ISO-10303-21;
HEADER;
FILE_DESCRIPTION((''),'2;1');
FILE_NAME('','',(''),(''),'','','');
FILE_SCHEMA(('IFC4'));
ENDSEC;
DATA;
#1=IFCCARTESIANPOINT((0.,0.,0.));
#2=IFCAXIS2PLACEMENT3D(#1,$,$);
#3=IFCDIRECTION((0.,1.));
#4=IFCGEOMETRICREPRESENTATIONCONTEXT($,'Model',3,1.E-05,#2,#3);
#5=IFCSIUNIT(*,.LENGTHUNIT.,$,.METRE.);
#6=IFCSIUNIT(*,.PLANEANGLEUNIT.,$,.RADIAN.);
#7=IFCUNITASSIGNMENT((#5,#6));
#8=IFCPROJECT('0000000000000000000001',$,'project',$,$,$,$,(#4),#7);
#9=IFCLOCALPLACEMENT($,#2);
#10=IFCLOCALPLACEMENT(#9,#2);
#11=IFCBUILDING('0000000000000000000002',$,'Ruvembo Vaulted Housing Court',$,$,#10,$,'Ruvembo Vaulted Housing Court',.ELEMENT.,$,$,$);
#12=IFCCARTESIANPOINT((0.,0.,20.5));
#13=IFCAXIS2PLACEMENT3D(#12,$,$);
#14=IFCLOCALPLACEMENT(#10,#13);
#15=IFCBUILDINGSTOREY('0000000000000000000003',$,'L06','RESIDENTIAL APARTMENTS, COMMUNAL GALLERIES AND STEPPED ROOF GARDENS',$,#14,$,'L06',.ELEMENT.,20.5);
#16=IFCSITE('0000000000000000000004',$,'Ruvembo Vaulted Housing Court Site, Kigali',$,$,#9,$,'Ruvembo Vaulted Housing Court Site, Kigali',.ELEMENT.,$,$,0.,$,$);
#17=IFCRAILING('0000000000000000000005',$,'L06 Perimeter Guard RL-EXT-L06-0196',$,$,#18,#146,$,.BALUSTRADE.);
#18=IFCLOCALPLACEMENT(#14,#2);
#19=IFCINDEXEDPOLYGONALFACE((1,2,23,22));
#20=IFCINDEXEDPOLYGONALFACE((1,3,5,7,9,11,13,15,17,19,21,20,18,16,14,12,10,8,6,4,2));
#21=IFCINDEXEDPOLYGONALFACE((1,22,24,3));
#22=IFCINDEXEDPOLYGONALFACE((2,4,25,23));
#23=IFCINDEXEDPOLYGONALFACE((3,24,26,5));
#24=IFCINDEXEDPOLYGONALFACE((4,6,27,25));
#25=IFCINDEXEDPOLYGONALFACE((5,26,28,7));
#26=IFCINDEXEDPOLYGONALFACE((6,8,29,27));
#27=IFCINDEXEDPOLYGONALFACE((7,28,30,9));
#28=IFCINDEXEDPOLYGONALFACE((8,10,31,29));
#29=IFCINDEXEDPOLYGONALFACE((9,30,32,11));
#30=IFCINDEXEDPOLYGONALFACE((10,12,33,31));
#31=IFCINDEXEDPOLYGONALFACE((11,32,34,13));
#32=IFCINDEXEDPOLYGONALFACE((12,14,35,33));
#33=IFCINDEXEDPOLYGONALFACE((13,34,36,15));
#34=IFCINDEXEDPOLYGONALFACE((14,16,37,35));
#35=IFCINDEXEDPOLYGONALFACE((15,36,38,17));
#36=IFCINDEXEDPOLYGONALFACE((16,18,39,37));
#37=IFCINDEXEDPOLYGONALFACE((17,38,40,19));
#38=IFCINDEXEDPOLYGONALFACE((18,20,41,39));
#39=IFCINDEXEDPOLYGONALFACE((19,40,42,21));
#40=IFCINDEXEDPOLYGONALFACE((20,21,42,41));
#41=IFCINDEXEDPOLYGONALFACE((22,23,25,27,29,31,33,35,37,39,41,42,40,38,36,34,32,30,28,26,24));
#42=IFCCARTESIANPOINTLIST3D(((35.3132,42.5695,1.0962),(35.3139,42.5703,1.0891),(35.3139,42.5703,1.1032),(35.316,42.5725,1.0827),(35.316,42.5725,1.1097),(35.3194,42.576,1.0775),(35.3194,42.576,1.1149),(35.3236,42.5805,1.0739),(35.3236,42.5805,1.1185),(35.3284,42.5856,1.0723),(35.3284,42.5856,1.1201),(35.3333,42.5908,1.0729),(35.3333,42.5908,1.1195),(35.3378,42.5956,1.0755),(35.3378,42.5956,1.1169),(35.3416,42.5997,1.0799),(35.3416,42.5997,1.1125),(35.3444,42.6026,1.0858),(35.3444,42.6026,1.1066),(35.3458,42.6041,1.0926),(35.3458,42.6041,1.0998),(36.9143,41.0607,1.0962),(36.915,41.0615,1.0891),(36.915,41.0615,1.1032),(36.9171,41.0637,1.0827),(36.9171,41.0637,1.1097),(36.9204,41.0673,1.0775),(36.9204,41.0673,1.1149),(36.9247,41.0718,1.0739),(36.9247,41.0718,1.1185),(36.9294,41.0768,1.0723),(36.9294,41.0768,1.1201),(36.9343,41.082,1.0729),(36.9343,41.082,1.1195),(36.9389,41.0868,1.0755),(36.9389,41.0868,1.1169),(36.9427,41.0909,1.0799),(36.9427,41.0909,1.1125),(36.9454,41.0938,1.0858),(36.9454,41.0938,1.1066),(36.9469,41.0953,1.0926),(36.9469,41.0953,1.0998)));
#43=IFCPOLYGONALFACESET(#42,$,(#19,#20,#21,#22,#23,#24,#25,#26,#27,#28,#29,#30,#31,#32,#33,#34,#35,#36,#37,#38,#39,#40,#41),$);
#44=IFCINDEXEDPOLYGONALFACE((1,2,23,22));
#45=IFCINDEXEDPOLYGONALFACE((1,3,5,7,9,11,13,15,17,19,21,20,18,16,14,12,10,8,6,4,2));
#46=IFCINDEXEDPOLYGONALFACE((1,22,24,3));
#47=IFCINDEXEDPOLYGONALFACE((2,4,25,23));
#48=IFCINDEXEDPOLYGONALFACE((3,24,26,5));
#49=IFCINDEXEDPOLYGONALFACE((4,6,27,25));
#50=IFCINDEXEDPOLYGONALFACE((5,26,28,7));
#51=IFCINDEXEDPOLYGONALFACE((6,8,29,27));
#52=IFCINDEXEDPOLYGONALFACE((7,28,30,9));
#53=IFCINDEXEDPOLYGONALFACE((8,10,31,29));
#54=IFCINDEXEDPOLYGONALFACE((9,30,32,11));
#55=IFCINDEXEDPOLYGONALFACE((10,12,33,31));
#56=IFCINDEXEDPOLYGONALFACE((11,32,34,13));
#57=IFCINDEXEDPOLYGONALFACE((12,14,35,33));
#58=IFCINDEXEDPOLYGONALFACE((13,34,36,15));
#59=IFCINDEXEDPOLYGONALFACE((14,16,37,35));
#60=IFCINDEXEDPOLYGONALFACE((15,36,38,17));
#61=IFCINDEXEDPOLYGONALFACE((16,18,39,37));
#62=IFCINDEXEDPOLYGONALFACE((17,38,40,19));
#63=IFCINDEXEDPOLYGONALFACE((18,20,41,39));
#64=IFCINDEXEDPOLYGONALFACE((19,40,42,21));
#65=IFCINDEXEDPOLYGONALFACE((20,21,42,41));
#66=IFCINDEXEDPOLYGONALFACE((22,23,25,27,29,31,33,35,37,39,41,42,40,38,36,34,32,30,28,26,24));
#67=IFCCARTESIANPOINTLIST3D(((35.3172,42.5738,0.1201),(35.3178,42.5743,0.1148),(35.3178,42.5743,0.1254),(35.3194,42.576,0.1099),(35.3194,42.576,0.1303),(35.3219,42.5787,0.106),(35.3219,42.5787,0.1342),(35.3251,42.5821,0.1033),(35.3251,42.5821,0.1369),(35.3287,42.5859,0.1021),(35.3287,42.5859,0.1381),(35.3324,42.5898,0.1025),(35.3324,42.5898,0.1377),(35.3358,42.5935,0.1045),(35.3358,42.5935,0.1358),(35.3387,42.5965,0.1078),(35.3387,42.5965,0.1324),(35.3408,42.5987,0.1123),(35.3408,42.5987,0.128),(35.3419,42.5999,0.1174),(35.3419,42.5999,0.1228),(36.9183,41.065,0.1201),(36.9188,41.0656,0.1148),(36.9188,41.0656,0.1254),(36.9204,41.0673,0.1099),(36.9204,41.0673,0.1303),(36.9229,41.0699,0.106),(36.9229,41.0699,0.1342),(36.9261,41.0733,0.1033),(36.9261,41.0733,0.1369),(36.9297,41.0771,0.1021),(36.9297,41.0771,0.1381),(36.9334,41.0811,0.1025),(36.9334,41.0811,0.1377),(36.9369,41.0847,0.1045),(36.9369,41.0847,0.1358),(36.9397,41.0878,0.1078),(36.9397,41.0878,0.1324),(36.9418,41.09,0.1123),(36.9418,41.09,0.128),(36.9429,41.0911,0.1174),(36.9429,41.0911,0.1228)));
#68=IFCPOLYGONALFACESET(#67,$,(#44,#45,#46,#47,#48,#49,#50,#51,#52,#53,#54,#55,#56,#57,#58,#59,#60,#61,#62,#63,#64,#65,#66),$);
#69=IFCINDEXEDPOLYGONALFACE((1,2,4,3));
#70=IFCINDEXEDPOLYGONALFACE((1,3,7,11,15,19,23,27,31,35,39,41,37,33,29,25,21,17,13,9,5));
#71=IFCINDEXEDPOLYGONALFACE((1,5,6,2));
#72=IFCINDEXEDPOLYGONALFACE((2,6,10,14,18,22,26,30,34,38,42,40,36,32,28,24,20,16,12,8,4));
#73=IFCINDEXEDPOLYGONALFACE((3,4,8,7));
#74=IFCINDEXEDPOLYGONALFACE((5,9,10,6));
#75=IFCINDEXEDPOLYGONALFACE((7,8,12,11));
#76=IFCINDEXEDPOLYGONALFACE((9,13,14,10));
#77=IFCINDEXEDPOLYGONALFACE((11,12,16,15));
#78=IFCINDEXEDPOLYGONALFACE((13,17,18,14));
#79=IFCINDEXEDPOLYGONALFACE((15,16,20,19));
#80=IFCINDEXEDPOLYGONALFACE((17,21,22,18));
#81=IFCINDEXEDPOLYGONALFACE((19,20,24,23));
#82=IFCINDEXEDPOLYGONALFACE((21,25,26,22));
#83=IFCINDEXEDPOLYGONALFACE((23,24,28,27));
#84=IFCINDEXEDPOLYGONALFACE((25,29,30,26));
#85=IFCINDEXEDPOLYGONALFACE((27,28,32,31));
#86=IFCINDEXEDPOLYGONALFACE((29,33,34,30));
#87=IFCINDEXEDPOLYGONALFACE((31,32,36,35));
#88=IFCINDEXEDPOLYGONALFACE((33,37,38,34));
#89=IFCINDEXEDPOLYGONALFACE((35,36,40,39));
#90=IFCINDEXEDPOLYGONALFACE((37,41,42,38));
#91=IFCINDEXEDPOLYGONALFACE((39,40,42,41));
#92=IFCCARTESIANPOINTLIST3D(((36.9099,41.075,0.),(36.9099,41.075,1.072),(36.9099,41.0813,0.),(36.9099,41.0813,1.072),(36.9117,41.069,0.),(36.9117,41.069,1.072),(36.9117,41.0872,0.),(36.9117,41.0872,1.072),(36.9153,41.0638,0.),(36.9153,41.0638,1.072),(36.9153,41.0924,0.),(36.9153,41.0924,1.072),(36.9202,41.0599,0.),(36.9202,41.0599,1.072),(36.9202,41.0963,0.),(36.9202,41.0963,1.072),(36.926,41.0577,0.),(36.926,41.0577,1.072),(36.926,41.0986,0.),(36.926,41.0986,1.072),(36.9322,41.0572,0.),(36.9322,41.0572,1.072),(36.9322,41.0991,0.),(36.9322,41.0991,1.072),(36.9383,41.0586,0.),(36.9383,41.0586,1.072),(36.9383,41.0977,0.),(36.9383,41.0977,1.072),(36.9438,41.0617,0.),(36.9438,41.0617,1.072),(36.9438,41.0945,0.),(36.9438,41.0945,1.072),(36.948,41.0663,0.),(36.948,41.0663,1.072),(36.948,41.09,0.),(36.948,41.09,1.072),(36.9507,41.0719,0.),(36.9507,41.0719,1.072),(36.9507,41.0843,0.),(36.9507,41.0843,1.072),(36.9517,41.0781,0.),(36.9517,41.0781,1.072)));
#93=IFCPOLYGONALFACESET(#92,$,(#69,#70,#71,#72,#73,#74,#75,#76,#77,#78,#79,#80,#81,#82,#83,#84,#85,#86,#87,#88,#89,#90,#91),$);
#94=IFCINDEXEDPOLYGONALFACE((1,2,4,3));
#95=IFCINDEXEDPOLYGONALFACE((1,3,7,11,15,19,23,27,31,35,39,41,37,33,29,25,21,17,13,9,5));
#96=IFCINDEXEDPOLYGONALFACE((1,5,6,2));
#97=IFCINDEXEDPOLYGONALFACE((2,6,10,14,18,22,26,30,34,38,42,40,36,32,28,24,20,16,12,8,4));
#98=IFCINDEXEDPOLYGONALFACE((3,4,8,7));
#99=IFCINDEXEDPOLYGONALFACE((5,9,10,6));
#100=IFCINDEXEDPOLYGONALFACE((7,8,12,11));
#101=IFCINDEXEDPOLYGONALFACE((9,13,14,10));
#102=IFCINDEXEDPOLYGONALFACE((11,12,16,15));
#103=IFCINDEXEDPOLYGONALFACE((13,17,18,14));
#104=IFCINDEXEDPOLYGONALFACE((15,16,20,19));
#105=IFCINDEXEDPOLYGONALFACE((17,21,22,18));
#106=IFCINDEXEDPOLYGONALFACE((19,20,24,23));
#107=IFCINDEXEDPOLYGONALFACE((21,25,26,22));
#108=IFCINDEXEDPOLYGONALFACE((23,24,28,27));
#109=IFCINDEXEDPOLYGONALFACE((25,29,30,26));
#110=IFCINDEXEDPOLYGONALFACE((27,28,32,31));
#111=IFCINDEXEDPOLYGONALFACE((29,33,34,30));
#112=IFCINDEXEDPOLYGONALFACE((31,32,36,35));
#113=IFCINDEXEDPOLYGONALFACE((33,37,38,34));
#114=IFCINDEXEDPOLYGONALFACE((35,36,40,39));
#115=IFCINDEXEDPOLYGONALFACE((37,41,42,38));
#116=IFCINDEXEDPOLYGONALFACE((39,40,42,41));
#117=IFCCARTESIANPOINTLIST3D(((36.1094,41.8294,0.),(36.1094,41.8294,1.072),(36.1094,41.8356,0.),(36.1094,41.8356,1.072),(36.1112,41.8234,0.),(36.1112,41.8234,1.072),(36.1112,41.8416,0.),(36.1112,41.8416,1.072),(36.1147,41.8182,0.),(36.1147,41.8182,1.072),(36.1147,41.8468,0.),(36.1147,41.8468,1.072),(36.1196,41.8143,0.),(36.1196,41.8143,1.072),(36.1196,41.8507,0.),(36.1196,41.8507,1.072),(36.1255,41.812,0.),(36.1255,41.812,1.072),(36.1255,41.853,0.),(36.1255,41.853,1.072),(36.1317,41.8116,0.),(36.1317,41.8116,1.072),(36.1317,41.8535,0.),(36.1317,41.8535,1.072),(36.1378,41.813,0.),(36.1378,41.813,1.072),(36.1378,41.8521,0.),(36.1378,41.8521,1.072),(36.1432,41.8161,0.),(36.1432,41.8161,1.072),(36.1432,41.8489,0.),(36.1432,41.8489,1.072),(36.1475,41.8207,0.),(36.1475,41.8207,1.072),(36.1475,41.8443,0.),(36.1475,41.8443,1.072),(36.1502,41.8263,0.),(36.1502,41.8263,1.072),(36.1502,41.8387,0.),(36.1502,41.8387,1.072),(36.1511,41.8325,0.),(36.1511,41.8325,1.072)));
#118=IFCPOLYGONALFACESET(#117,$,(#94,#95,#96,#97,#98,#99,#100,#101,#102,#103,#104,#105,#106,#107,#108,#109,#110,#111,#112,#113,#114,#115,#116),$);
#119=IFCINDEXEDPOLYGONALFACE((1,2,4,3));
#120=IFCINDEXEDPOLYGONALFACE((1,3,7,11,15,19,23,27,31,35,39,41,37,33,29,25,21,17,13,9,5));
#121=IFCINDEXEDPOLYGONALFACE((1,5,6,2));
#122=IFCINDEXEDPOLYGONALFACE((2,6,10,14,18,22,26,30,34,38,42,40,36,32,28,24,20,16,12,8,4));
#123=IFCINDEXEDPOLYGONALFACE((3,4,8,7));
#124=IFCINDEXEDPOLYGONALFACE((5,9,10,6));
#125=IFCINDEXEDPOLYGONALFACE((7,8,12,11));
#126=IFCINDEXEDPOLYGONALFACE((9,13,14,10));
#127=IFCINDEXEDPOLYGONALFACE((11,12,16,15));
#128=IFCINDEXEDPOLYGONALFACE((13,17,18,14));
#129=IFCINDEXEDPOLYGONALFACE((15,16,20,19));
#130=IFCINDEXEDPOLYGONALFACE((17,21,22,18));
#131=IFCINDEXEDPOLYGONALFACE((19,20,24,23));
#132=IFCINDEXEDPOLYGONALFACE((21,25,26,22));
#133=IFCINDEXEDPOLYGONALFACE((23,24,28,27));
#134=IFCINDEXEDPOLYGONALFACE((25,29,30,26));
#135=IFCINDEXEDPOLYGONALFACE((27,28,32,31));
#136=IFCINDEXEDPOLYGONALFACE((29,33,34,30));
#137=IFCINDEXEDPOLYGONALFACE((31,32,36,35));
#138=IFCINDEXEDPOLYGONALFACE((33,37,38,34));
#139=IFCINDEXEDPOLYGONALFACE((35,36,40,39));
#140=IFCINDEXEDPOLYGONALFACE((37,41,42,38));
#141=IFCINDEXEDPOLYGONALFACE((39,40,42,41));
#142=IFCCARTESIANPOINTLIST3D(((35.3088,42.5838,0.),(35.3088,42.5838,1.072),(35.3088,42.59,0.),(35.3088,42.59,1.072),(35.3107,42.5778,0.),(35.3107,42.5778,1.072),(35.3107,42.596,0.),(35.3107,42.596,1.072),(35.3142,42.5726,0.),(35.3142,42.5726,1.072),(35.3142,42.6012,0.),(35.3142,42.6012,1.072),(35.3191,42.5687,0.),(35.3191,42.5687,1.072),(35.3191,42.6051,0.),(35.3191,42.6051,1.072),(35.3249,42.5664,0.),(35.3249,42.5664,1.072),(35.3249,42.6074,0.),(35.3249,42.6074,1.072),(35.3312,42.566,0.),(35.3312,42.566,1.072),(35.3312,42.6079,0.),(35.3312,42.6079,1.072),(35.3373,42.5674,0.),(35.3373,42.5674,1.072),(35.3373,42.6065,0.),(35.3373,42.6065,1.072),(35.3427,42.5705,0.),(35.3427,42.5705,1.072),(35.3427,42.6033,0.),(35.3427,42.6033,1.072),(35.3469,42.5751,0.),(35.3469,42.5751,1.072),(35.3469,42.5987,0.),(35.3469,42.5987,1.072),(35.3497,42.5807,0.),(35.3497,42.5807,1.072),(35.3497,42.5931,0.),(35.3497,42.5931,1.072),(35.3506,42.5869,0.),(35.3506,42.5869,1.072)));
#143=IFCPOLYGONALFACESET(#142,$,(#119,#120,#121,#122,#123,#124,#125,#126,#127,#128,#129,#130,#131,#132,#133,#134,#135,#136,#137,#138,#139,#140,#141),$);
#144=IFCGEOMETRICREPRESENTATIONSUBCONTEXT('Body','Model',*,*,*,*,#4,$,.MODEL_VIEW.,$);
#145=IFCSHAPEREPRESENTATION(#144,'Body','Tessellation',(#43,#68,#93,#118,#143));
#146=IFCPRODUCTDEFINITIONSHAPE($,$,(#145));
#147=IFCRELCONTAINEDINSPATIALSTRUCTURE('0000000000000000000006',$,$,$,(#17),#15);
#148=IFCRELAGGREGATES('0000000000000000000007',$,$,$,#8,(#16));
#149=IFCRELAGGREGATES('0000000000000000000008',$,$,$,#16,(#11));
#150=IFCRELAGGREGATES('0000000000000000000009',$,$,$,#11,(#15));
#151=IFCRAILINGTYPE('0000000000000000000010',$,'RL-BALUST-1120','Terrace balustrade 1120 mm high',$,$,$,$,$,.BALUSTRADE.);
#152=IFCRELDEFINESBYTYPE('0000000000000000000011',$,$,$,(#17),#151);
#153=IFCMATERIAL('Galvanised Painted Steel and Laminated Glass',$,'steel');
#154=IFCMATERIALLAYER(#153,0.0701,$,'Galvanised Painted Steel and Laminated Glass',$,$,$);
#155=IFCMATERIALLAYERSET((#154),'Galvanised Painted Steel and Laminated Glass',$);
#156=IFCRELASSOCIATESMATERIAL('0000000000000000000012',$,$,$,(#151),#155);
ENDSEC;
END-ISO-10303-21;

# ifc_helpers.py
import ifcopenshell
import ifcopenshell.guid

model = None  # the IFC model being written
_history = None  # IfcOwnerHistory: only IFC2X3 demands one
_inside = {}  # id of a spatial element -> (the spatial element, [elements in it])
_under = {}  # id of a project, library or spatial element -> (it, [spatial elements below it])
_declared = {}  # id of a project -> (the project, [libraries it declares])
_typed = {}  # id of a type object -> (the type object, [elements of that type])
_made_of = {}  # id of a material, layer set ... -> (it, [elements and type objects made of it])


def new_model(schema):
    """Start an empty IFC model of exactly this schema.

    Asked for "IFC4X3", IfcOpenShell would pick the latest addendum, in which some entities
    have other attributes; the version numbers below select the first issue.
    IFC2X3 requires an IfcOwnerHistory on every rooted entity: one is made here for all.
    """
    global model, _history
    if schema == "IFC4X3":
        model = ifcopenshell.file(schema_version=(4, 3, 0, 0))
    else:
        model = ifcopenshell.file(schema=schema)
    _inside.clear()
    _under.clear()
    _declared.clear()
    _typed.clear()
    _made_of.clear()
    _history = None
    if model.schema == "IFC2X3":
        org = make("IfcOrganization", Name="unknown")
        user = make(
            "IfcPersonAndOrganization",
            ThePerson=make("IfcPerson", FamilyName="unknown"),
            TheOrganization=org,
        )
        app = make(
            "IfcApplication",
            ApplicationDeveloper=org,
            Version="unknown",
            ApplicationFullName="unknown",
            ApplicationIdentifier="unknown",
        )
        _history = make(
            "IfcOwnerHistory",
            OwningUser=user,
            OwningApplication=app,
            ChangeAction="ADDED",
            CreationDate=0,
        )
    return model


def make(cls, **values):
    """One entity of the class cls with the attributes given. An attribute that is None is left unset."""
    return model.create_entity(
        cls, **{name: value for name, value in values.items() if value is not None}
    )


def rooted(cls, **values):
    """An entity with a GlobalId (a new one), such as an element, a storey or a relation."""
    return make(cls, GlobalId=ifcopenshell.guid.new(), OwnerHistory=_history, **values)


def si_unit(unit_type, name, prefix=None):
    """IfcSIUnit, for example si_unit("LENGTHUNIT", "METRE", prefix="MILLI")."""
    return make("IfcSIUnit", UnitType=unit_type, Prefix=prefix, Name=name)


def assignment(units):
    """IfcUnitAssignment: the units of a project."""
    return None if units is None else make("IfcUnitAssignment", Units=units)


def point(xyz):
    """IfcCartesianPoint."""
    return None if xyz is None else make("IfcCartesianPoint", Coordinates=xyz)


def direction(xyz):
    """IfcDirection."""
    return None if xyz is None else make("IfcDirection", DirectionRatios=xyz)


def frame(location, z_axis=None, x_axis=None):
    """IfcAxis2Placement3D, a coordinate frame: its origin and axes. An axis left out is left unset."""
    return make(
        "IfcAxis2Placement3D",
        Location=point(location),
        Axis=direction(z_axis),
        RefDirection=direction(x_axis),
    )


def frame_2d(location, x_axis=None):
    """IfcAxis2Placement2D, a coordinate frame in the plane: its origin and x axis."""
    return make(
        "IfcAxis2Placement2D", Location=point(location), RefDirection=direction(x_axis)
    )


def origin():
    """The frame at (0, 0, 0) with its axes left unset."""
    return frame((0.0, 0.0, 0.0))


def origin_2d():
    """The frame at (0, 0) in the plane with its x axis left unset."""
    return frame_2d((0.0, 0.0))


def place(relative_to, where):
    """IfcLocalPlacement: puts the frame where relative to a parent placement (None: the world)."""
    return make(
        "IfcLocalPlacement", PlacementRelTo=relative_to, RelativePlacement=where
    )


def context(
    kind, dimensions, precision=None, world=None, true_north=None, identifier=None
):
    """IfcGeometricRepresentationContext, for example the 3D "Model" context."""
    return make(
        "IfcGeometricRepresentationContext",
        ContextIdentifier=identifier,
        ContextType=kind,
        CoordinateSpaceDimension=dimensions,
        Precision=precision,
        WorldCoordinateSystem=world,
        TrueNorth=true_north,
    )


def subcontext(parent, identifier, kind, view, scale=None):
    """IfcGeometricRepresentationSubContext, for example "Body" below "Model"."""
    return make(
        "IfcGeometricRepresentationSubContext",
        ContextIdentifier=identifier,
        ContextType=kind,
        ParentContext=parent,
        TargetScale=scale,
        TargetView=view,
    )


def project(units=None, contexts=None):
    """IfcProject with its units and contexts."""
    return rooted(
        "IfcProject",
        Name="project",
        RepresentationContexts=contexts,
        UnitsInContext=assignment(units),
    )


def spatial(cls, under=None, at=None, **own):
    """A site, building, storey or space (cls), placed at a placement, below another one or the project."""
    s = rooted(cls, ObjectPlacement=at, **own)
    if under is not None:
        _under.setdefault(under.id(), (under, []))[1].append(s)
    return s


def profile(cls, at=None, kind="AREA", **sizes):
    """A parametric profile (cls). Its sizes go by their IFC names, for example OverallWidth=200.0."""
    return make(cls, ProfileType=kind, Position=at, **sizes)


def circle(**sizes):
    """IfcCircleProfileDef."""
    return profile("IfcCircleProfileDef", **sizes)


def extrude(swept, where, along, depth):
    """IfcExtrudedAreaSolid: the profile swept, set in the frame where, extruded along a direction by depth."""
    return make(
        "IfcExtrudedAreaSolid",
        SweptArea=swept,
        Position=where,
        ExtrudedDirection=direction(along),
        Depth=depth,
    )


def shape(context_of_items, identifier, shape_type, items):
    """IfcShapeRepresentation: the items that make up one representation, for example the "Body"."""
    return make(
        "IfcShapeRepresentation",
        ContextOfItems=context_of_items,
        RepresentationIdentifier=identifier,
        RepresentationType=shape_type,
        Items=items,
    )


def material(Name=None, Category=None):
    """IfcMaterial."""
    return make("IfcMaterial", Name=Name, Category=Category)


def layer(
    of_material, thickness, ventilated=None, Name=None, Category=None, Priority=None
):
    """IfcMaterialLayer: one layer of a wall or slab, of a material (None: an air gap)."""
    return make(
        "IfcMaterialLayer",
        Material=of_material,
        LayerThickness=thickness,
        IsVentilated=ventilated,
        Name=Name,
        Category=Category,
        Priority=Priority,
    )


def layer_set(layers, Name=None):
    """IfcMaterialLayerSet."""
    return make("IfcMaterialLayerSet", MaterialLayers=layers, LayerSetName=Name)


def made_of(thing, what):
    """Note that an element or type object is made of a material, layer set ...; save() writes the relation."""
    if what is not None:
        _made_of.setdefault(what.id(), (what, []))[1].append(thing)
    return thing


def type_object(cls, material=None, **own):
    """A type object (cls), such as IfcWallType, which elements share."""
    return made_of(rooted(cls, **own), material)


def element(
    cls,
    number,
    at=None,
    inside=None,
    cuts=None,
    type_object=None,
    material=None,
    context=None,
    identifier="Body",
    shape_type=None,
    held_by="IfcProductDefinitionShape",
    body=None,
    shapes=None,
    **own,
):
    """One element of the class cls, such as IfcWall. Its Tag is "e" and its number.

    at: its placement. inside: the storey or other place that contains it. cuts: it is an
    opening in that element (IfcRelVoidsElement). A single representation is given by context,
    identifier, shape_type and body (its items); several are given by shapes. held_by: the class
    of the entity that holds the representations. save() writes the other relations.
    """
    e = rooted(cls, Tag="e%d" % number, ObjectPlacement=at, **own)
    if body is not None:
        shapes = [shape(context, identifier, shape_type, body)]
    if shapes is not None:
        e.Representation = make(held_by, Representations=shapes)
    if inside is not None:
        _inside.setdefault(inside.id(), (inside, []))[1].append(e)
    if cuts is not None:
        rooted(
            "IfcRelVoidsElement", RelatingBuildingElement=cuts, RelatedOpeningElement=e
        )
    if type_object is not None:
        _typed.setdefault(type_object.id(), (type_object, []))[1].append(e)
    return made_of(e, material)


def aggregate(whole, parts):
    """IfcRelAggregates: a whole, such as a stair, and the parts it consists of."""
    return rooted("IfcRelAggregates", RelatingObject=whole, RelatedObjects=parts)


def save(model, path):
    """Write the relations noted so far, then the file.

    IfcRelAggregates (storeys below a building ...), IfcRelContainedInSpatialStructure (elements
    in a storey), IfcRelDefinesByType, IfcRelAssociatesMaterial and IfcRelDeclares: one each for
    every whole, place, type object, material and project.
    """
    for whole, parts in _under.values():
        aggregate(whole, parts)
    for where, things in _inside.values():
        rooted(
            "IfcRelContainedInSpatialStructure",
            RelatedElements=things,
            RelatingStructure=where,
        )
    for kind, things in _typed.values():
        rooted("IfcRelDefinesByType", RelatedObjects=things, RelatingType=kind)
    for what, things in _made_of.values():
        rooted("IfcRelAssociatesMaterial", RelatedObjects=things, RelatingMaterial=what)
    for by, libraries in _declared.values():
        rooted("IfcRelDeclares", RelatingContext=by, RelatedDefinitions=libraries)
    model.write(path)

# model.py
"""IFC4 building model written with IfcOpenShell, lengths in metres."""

from ifc_helpers import new_model, si_unit, direction, frame, origin, origin_2d, place, context, subcontext, project, spatial, circle, extrude, material, layer, layer_set, type_object, element, save


model = new_model("IFC4")

# Units and contexts
model_context = context("Model", 3, precision=1e-05, world=origin(), true_north=direction((0.0, 1.0)))
body_context = subcontext(model_context, "Body", "Model", "MODEL_VIEW")
ifc_project = project(units=[si_unit("LENGTHUNIT", "METRE"), si_unit("PLANEANGLEUNIT", "RADIAN")], contexts=[model_context])

# Site, building, storey
site_placement = place(None, origin())
site = spatial("IfcSite", under=ifc_project, at=site_placement, Name="Ruvembo Vaulted Housing Court Site, Kigali", LongName="Ruvembo Vaulted Housing Court Site, Kigali", CompositionType="ELEMENT", RefElevation=0.0)
building_placement = place(site_placement, origin())
building = spatial("IfcBuilding", under=site, at=building_placement, Name="Ruvembo Vaulted Housing Court", LongName="Ruvembo Vaulted Housing Court", CompositionType="ELEMENT")
storey_placement = place(building_placement, frame((0.0, 0.0, 20.5)))
storey = spatial("IfcBuildingStorey", under=building, at=storey_placement, Name="L06", Description="RESIDENTIAL APARTMENTS, COMMUNAL GALLERIES AND STEPPED ROOF GARDENS", LongName="L06", CompositionType="ELEMENT", Elevation=20.5)

# Railing
ifc_material_1 = material(Name="Galvanised Painted Steel and Laminated Glass", Category="steel")
ifc_layer_1 = layer(ifc_material_1, 0.0701, Name="Galvanised Painted Steel and Laminated Glass")
ifc_layer_set_1 = layer_set([ifc_layer_1], Name="Galvanised Painted Steel and Laminated Glass")
railing_type = type_object("IfcRailingType", Name="RL-BALUST-1120", Description="Terrace balustrade 1120 mm high", PredefinedType="BALUSTRADE", material=ifc_layer_set_1)
railing_1_placement = place(storey_placement, frame((36.9307, 41.0781, 0.0)))
element("IfcRailing", 1, at=railing_1_placement, inside=storey, type_object=railing_type, Name="L06 Perimeter Guard RL-EXT-L06-0196", PredefinedType="BALUSTRADE", context=body_context, shape_type="SweptSolid", body=[
    extrude(circle(Radius=0.0239, at=origin_2d()), frame((0.0, 0.0, 1.0962), z_axis=(-0.72777, 0.685821, 0.0), x_axis=(-0.685821, -0.72777, 0.0)), (0.0, 0.0, 1.0), 2.2),
    extrude(circle(Radius=0.0181, at=origin_2d()), frame((0.0, 0.0, 0.1201), z_axis=(-0.72777, 0.685821, 0.0), x_axis=(-0.685821, -0.72777, 0.0)), (0.0, 0.0, 1.0), 2.2),
    extrude(circle(Radius=0.021, at=origin_2d()), origin(), (0.0, 0.0, 1.0), 1.072),
    extrude(circle(Radius=0.021, at=origin_2d()), frame((-0.8005, 0.7544, 0.0)), (0.0, 0.0, 1.0), 1.072),
    extrude(circle(Radius=0.021, at=origin_2d()), frame((-1.6011, 1.5088, 0.0)), (0.0, 0.0, 1.0), 1.072),
])

save(model, "model.ifc")
